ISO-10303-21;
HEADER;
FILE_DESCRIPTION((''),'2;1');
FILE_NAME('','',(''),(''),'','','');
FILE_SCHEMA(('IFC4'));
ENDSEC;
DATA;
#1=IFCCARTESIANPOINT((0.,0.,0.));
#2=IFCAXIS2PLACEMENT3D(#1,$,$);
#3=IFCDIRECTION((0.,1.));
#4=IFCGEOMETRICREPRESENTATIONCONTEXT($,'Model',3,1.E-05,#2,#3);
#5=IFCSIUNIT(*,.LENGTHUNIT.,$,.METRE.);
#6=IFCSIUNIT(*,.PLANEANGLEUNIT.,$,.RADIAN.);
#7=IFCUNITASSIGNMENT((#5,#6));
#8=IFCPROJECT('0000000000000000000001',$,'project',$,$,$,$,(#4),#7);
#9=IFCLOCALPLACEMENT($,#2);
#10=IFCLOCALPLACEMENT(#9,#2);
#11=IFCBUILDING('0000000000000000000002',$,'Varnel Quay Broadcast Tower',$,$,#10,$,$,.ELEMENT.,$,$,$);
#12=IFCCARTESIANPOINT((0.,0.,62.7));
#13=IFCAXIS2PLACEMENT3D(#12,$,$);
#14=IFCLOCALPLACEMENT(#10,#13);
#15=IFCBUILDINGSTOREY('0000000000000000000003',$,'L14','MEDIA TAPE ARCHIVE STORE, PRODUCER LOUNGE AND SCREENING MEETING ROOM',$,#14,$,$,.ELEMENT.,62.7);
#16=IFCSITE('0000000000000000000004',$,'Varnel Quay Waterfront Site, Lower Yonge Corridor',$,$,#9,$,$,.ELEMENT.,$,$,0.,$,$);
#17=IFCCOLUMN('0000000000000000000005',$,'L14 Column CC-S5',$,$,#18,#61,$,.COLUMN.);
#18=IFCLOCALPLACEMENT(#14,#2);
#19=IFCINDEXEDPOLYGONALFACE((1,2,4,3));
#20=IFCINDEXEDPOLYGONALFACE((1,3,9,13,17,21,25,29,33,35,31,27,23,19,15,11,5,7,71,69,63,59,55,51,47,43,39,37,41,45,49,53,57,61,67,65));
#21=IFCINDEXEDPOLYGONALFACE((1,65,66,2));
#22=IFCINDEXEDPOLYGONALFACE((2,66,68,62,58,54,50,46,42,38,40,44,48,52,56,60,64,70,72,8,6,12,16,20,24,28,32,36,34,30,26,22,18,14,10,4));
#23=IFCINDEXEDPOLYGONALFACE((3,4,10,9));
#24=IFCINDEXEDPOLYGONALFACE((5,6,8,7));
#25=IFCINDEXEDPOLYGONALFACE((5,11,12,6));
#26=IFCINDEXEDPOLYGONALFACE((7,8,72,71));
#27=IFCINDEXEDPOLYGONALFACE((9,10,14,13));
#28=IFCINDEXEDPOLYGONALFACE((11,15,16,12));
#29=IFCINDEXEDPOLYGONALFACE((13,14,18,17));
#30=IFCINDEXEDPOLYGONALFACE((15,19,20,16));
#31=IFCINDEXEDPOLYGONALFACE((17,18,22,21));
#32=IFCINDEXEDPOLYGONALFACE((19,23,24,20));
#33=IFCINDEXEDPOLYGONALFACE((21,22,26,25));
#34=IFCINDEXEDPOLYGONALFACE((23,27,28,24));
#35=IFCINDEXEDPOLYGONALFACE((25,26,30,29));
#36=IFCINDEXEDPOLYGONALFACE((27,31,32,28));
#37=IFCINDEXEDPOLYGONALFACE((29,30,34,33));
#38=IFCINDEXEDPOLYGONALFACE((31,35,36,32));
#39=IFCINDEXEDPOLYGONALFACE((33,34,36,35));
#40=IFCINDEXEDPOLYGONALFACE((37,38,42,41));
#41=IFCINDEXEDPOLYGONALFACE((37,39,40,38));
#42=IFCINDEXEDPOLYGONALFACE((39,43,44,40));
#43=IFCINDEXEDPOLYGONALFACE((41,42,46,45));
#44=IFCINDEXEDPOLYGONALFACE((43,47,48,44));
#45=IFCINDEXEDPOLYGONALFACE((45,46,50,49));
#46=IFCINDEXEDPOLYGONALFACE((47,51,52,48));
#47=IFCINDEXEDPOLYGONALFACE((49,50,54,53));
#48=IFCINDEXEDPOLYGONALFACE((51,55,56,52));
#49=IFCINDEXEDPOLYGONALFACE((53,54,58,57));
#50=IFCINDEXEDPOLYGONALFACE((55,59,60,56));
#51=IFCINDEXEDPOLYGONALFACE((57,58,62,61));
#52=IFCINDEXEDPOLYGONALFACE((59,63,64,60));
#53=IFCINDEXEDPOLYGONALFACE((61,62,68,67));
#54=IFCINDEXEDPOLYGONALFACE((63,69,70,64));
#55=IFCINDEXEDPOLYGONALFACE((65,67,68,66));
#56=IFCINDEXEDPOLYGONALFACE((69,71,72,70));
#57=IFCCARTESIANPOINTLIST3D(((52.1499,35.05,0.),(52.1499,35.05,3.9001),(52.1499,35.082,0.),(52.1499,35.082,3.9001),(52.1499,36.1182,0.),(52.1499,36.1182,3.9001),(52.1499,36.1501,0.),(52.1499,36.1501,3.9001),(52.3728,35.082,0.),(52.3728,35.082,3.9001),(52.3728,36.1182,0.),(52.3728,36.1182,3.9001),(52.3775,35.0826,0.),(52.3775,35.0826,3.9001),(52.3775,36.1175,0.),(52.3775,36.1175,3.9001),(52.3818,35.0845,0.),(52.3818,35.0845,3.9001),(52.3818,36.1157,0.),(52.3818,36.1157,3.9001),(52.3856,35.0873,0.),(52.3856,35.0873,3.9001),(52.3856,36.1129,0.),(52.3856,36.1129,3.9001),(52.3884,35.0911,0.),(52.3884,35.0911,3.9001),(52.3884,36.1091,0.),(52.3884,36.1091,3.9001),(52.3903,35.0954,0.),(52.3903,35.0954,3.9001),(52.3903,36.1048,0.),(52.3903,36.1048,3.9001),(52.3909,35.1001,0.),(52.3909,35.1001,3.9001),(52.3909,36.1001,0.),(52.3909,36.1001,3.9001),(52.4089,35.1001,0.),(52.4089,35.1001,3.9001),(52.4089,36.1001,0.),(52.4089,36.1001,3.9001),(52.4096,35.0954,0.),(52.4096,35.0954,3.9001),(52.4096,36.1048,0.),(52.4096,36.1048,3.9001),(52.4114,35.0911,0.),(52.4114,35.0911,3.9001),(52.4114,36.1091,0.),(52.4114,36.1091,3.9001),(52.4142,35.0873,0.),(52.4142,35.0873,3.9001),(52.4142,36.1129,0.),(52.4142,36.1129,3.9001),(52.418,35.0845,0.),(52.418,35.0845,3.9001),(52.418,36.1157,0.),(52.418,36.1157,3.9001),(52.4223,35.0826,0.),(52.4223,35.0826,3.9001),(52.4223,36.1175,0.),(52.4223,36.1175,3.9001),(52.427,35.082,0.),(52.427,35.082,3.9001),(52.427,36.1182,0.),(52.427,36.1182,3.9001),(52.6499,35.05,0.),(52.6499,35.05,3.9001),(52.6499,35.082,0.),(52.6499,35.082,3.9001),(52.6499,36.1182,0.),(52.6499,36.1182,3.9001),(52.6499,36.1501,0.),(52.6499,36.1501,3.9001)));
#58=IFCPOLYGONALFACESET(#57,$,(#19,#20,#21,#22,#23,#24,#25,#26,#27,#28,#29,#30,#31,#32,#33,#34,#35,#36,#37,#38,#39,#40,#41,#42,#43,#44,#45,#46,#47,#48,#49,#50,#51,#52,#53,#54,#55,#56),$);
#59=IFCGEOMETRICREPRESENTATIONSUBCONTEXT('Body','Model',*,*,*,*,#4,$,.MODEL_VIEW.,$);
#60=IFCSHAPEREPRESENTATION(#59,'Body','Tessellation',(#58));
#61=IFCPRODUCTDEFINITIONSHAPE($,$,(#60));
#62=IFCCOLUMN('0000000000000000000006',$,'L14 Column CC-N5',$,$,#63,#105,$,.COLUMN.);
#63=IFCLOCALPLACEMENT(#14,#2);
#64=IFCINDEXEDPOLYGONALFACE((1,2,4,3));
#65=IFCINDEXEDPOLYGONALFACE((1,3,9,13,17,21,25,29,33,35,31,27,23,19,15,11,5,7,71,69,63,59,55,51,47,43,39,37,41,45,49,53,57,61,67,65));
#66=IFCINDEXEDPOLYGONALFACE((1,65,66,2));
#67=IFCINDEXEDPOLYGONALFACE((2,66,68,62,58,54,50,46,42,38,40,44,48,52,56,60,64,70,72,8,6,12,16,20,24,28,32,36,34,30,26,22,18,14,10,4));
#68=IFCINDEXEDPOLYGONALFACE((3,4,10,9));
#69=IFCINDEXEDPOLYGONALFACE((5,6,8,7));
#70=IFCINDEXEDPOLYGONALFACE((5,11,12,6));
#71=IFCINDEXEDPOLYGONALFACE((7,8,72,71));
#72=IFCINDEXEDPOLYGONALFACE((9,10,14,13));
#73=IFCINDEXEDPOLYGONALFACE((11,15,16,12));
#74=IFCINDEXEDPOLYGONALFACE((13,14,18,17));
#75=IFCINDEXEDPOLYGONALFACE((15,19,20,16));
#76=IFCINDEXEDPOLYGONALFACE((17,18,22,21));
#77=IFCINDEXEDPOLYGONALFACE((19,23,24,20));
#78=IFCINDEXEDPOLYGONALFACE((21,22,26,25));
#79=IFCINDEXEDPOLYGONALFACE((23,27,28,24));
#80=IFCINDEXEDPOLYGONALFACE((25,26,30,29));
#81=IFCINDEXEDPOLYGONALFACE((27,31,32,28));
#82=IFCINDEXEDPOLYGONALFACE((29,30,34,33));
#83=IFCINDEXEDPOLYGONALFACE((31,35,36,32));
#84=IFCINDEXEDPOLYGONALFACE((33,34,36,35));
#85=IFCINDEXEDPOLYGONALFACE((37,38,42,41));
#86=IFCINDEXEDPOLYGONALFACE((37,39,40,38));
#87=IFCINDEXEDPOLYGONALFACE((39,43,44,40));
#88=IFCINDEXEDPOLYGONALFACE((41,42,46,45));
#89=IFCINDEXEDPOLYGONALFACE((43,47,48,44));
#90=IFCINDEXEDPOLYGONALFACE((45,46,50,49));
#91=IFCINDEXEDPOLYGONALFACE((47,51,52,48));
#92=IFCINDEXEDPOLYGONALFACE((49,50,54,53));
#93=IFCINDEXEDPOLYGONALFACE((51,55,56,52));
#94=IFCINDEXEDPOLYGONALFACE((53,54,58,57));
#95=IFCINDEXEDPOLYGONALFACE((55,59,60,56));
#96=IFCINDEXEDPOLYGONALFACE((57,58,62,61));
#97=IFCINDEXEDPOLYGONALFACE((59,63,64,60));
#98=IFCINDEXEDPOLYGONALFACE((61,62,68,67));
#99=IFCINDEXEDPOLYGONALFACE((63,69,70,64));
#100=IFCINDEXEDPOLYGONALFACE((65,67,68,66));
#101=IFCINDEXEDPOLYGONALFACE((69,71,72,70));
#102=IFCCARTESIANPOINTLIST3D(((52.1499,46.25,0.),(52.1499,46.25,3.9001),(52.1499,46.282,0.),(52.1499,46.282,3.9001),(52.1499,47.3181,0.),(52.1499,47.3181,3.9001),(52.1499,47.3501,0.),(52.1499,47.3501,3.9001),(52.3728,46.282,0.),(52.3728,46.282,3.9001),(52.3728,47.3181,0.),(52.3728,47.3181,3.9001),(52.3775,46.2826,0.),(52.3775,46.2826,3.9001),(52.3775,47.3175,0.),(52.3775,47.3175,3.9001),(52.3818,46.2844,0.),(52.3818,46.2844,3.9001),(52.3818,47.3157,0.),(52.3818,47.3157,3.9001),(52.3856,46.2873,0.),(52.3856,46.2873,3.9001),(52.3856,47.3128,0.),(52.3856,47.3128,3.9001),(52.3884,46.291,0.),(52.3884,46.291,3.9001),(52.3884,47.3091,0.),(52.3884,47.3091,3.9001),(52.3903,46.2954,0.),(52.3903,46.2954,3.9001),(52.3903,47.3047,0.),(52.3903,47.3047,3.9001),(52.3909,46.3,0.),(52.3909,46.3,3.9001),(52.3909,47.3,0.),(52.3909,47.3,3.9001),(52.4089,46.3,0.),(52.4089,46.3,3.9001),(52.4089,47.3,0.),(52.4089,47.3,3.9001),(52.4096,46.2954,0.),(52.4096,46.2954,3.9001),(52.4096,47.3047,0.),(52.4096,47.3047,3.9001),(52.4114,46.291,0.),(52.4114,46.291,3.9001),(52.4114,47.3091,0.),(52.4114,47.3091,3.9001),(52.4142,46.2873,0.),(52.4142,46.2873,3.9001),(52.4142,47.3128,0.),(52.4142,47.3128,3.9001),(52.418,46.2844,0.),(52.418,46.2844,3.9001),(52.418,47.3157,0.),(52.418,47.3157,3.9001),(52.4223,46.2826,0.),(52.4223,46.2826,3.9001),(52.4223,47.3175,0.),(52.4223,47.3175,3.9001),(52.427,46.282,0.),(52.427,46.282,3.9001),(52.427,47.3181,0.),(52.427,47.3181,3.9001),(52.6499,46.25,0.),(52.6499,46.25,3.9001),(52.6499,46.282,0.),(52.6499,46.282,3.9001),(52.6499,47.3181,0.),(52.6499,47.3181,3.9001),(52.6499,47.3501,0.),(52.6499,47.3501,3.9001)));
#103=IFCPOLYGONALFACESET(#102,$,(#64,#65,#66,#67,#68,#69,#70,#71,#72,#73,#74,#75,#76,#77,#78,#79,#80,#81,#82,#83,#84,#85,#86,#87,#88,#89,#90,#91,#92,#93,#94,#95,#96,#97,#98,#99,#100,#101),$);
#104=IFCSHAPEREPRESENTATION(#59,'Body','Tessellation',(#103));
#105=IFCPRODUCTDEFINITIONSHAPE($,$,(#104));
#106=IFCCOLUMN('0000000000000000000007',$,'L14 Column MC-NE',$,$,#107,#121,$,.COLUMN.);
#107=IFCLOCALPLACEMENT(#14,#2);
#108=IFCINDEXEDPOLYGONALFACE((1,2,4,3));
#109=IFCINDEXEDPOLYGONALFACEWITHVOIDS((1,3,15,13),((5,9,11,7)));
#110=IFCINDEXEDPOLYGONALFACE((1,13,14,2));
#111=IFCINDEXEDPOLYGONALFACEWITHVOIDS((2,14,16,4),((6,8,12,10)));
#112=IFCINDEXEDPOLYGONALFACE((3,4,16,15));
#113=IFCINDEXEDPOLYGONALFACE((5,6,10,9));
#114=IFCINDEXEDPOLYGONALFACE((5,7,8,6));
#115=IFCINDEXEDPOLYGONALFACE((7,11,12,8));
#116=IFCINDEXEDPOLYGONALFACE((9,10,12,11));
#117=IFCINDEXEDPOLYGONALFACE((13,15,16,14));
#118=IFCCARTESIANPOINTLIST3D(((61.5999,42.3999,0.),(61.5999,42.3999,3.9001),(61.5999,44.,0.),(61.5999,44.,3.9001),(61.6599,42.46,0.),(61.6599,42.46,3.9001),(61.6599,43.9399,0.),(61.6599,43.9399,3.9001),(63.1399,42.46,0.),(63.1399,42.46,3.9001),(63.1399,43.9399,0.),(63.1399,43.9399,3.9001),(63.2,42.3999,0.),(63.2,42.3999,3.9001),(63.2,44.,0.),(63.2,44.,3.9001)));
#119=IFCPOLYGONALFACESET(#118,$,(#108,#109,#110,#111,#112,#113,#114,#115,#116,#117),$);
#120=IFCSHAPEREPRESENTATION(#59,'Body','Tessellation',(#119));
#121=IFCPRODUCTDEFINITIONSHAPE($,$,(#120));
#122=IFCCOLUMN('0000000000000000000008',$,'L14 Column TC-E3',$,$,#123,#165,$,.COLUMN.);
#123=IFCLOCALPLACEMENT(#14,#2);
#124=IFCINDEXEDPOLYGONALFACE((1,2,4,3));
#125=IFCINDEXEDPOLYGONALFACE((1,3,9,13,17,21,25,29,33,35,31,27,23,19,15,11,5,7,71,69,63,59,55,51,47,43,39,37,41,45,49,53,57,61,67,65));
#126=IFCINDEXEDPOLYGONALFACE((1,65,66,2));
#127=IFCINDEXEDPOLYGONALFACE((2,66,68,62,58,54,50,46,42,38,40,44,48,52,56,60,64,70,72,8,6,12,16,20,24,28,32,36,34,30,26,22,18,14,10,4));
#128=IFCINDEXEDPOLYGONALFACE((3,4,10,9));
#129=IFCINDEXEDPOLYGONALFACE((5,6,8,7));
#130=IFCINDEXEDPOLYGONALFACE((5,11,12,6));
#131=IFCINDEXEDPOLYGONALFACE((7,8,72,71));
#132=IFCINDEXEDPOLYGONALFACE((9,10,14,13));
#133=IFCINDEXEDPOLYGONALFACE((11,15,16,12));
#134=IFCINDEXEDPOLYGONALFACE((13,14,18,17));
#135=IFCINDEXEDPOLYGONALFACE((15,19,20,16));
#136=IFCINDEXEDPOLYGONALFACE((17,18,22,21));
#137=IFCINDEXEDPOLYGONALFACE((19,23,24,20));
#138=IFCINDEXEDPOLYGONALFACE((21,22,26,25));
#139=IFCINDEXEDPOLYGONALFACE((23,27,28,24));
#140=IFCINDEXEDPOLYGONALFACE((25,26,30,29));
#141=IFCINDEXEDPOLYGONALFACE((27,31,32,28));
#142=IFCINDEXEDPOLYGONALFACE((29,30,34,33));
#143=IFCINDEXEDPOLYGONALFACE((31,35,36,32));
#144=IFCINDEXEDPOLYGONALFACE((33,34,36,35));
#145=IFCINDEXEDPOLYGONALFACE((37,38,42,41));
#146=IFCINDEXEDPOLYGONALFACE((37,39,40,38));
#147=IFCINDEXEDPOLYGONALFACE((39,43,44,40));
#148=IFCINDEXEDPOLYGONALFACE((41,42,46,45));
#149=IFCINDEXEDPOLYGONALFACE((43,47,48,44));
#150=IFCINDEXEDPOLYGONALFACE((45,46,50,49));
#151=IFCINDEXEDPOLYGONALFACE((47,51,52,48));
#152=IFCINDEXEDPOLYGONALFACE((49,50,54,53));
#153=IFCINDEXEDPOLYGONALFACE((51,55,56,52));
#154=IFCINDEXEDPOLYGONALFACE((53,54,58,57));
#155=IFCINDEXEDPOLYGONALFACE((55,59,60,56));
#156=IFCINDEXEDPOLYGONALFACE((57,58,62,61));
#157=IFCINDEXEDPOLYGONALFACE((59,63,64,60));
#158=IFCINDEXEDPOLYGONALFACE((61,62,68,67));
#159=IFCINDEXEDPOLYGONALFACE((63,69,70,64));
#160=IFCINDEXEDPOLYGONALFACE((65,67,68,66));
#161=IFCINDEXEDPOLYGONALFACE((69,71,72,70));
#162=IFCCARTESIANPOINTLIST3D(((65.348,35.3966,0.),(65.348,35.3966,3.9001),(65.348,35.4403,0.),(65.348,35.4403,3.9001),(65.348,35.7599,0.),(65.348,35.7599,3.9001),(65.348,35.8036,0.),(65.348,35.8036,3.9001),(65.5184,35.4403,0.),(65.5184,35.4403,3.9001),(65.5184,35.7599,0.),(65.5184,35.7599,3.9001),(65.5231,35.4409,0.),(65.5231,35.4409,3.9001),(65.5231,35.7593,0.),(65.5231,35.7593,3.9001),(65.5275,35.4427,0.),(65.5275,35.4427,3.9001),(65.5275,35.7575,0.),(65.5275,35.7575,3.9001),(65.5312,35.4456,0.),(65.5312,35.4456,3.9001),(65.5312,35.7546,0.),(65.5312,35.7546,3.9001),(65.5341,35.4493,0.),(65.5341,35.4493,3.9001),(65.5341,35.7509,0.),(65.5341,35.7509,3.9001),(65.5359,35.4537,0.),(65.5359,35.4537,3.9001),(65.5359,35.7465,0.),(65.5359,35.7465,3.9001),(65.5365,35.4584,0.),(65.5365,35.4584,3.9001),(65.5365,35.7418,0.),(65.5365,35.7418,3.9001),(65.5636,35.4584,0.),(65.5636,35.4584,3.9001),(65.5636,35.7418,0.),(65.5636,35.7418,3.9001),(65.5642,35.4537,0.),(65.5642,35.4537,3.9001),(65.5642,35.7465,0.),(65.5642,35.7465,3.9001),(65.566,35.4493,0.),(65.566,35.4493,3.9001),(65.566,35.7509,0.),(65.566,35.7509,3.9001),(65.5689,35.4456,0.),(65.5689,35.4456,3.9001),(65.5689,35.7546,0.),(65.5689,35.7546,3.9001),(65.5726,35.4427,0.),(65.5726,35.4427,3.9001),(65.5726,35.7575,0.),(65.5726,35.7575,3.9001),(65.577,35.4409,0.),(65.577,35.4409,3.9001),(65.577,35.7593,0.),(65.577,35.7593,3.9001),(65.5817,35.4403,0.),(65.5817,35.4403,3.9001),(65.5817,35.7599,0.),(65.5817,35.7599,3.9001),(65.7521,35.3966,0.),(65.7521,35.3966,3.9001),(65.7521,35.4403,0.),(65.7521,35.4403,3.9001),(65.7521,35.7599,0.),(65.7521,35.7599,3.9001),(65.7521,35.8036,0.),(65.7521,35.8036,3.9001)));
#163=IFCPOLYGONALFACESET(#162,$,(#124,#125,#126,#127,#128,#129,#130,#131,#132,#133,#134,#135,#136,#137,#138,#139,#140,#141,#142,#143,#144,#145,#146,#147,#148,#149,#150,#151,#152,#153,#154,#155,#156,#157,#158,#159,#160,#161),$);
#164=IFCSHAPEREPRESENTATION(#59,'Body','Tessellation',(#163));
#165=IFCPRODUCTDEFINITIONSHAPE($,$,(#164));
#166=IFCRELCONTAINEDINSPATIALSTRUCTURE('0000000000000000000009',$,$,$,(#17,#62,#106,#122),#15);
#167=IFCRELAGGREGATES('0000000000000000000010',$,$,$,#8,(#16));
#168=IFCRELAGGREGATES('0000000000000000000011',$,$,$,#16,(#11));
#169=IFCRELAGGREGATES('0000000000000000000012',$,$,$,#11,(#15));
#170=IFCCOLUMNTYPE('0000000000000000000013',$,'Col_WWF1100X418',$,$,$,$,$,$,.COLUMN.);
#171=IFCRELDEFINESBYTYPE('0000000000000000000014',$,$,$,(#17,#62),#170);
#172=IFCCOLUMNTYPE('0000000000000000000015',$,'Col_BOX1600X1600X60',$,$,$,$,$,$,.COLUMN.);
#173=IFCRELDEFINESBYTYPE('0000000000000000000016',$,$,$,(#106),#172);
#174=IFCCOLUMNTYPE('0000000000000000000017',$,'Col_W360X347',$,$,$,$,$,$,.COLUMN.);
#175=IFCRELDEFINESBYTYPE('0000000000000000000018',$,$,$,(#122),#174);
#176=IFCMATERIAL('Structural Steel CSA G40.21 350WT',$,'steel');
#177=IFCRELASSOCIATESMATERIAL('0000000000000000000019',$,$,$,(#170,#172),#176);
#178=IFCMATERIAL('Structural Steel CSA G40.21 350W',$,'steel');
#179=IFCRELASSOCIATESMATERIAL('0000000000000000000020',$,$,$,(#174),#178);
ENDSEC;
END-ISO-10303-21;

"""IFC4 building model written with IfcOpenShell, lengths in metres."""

from ifc_helpers import new_model, si_unit, direction, frame, origin, origin_2d, place, context, subcontext, project, spatial, hollow_rectangle, i_section, extrude, source, transform, mapped, material, material_profile, profile_set, type_object, type_shapes, element, save


model = new_model("IFC4")

# Units and contexts
model_context = context("Model", 3, precision=1e-05, world=origin(), true_north=direction((0.0, 1.0)))
body_context = subcontext(model_context, "Body", "Model", "MODEL_VIEW")
ifc_project = project(units=[si_unit("LENGTHUNIT", "METRE"), si_unit("PLANEANGLEUNIT", "RADIAN")], contexts=[model_context])

# Site, building, storey
site_placement = place(None, origin())
site = spatial("IfcSite", under=ifc_project, at=site_placement, Name="Varnel Quay Waterfront Site, Lower Yonge Corridor", CompositionType="ELEMENT", RefElevation=0.0)
building_placement = place(site_placement, origin())
building = spatial("IfcBuilding", under=site, at=building_placement, Name="Varnel Quay Broadcast Tower", CompositionType="ELEMENT")
storey_placement = place(building_placement, frame((0.0, 0.0, 62.7)))
storey = spatial("IfcBuildingStorey", under=building, at=storey_placement, Name="L14", Description="MEDIA TAPE ARCHIVE STORE, PRODUCER LOUNGE AND SCREENING MEETING ROOM", CompositionType="ELEMENT", Elevation=62.7)

# Columns
ifc_material_1 = material(Name="Structural Steel CSA G40.21 350WT", Category="steel")
ifc_material_profile_1 = material_profile(ifc_material_1, i_section(OverallWidth=0.5, OverallDepth=1.1001, WebThickness=0.0181, FlangeThickness=0.032, FilletRadius=0.0181, at=origin_2d()), Name="WWF1100X418")
ifc_profile_set_1 = profile_set([ifc_material_profile_1], Name="Structural Steel CSA G40.21 350WT")
column_type_1 = type_object("IfcColumnType", Name="Col_WWF1100X418", PredefinedType="COLUMN", material=ifc_profile_set_1)
shared_shape_1 = source(origin(), body_context, "Body", "SweptSolid", [
    extrude(i_section(OverallWidth=0.5, OverallDepth=1.1001, WebThickness=0.0181, FlangeThickness=0.032, FilletRadius=0.0181, at=origin_2d()), origin(), (0.0, 0.0, 1.0), 3.9001),
])
type_shapes(column_type_1, [shared_shape_1])
for number, where, z_axis, x_axis, name in (
    (1, (52.3999, 35.6001, 0.0), (0.0, 0.0, 1.0), (1.0, 0.0, 0.0), "L14 Column CC-S5"),
    (2, (52.3999, 46.8, 0.0), (0.0, 0.0, 1.0), (1.0, 0.0, 0.0), "L14 Column CC-N5"),
):
    element("IfcColumn", number, at=place(storey_placement, frame(where, z_axis=z_axis, x_axis=x_axis)), inside=storey, type_object=column_type_1, Name=name, PredefinedType="COLUMN", context=body_context, shape_type="MappedRepresentation", body=[
        mapped(shared_shape_1, transform((0.0, 0.0, 0.0), x_axis=(1.0, 0.0, 0.0), y_axis=(0.0, 1.0, 0.0), z_axis=(0.0, 0.0, 1.0), scale=1.0)),
    ])
ifc_material_profile_2 = material_profile(ifc_material_1, hollow_rectangle(XDim=1.6001, YDim=1.6001, WallThickness=0.0601, at=origin_2d()), Name="BOX1600X1600X60")
ifc_profile_set_2 = profile_set([ifc_material_profile_2], Name="Structural Steel CSA G40.21 350WT")
column_type_2 = type_object("IfcColumnType", Name="Col_BOX1600X1600X60", PredefinedType="COLUMN", material=ifc_profile_set_2)
shared_shape_2 = source(origin(), body_context, "Body", "SweptSolid", [
    extrude(hollow_rectangle(XDim=1.6001, YDim=1.6001, WallThickness=0.0601, at=origin_2d()), origin(), (0.0, 0.0, 1.0), 3.9001),
])
type_shapes(column_type_2, [shared_shape_2])
column_1_placement = place(storey_placement, frame((62.3999, 43.2, 0.0), z_axis=(0.0, 0.0, 1.0), x_axis=(1.0, 0.0, 0.0)))
element("IfcColumn", 3, at=column_1_placement, inside=storey, type_object=column_type_2, Name="L14 Column MC-NE", PredefinedType="COLUMN", context=body_context, shape_type="MappedRepresentation", body=[
    mapped(shared_shape_2, transform((0.0, 0.0, 0.0), x_axis=(1.0, 0.0, 0.0), y_axis=(0.0, 1.0, 0.0), z_axis=(0.0, 0.0, 1.0), scale=1.0)),
])
ifc_material_2 = material(Name="Structural Steel CSA G40.21 350W", Category="steel")
ifc_material_profile_3 = material_profile(ifc_material_2, i_section(OverallWidth=0.4041, OverallDepth=0.407, WebThickness=0.0271, FlangeThickness=0.0437, FilletRadius=0.0181, at=origin_2d()), Name="W360X347")
ifc_profile_set_3 = profile_set([ifc_material_profile_3], Name="Structural Steel CSA G40.21 350W")
column_type_3 = type_object("IfcColumnType", Name="Col_W360X347", PredefinedType="COLUMN", material=ifc_profile_set_3)
shared_shape_3 = source(origin(), body_context, "Body", "SweptSolid", [
    extrude(i_section(OverallWidth=0.4041, OverallDepth=0.407, WebThickness=0.0271, FlangeThickness=0.0437, FilletRadius=0.0181, at=origin_2d()), origin(), (0.0, 0.0, 1.0), 3.9001),
])
type_shapes(column_type_3, [shared_shape_3])
column_2_placement = place(storey_placement, frame((65.55, 35.6001, 0.0), z_axis=(0.0, 0.0, 1.0), x_axis=(1.0, 0.0, 0.0)))
element("IfcColumn", 4, at=column_2_placement, inside=storey, type_object=column_type_3, Name="L14 Column TC-E3", PredefinedType="COLUMN", context=body_context, shape_type="MappedRepresentation", body=[
    mapped(shared_shape_3, transform((0.0, 0.0, 0.0), x_axis=(1.0, 0.0, 0.0), y_axis=(0.0, 1.0, 0.0), z_axis=(0.0, 0.0, 1.0), scale=1.0)),
])

save(model, "model.ifc")
